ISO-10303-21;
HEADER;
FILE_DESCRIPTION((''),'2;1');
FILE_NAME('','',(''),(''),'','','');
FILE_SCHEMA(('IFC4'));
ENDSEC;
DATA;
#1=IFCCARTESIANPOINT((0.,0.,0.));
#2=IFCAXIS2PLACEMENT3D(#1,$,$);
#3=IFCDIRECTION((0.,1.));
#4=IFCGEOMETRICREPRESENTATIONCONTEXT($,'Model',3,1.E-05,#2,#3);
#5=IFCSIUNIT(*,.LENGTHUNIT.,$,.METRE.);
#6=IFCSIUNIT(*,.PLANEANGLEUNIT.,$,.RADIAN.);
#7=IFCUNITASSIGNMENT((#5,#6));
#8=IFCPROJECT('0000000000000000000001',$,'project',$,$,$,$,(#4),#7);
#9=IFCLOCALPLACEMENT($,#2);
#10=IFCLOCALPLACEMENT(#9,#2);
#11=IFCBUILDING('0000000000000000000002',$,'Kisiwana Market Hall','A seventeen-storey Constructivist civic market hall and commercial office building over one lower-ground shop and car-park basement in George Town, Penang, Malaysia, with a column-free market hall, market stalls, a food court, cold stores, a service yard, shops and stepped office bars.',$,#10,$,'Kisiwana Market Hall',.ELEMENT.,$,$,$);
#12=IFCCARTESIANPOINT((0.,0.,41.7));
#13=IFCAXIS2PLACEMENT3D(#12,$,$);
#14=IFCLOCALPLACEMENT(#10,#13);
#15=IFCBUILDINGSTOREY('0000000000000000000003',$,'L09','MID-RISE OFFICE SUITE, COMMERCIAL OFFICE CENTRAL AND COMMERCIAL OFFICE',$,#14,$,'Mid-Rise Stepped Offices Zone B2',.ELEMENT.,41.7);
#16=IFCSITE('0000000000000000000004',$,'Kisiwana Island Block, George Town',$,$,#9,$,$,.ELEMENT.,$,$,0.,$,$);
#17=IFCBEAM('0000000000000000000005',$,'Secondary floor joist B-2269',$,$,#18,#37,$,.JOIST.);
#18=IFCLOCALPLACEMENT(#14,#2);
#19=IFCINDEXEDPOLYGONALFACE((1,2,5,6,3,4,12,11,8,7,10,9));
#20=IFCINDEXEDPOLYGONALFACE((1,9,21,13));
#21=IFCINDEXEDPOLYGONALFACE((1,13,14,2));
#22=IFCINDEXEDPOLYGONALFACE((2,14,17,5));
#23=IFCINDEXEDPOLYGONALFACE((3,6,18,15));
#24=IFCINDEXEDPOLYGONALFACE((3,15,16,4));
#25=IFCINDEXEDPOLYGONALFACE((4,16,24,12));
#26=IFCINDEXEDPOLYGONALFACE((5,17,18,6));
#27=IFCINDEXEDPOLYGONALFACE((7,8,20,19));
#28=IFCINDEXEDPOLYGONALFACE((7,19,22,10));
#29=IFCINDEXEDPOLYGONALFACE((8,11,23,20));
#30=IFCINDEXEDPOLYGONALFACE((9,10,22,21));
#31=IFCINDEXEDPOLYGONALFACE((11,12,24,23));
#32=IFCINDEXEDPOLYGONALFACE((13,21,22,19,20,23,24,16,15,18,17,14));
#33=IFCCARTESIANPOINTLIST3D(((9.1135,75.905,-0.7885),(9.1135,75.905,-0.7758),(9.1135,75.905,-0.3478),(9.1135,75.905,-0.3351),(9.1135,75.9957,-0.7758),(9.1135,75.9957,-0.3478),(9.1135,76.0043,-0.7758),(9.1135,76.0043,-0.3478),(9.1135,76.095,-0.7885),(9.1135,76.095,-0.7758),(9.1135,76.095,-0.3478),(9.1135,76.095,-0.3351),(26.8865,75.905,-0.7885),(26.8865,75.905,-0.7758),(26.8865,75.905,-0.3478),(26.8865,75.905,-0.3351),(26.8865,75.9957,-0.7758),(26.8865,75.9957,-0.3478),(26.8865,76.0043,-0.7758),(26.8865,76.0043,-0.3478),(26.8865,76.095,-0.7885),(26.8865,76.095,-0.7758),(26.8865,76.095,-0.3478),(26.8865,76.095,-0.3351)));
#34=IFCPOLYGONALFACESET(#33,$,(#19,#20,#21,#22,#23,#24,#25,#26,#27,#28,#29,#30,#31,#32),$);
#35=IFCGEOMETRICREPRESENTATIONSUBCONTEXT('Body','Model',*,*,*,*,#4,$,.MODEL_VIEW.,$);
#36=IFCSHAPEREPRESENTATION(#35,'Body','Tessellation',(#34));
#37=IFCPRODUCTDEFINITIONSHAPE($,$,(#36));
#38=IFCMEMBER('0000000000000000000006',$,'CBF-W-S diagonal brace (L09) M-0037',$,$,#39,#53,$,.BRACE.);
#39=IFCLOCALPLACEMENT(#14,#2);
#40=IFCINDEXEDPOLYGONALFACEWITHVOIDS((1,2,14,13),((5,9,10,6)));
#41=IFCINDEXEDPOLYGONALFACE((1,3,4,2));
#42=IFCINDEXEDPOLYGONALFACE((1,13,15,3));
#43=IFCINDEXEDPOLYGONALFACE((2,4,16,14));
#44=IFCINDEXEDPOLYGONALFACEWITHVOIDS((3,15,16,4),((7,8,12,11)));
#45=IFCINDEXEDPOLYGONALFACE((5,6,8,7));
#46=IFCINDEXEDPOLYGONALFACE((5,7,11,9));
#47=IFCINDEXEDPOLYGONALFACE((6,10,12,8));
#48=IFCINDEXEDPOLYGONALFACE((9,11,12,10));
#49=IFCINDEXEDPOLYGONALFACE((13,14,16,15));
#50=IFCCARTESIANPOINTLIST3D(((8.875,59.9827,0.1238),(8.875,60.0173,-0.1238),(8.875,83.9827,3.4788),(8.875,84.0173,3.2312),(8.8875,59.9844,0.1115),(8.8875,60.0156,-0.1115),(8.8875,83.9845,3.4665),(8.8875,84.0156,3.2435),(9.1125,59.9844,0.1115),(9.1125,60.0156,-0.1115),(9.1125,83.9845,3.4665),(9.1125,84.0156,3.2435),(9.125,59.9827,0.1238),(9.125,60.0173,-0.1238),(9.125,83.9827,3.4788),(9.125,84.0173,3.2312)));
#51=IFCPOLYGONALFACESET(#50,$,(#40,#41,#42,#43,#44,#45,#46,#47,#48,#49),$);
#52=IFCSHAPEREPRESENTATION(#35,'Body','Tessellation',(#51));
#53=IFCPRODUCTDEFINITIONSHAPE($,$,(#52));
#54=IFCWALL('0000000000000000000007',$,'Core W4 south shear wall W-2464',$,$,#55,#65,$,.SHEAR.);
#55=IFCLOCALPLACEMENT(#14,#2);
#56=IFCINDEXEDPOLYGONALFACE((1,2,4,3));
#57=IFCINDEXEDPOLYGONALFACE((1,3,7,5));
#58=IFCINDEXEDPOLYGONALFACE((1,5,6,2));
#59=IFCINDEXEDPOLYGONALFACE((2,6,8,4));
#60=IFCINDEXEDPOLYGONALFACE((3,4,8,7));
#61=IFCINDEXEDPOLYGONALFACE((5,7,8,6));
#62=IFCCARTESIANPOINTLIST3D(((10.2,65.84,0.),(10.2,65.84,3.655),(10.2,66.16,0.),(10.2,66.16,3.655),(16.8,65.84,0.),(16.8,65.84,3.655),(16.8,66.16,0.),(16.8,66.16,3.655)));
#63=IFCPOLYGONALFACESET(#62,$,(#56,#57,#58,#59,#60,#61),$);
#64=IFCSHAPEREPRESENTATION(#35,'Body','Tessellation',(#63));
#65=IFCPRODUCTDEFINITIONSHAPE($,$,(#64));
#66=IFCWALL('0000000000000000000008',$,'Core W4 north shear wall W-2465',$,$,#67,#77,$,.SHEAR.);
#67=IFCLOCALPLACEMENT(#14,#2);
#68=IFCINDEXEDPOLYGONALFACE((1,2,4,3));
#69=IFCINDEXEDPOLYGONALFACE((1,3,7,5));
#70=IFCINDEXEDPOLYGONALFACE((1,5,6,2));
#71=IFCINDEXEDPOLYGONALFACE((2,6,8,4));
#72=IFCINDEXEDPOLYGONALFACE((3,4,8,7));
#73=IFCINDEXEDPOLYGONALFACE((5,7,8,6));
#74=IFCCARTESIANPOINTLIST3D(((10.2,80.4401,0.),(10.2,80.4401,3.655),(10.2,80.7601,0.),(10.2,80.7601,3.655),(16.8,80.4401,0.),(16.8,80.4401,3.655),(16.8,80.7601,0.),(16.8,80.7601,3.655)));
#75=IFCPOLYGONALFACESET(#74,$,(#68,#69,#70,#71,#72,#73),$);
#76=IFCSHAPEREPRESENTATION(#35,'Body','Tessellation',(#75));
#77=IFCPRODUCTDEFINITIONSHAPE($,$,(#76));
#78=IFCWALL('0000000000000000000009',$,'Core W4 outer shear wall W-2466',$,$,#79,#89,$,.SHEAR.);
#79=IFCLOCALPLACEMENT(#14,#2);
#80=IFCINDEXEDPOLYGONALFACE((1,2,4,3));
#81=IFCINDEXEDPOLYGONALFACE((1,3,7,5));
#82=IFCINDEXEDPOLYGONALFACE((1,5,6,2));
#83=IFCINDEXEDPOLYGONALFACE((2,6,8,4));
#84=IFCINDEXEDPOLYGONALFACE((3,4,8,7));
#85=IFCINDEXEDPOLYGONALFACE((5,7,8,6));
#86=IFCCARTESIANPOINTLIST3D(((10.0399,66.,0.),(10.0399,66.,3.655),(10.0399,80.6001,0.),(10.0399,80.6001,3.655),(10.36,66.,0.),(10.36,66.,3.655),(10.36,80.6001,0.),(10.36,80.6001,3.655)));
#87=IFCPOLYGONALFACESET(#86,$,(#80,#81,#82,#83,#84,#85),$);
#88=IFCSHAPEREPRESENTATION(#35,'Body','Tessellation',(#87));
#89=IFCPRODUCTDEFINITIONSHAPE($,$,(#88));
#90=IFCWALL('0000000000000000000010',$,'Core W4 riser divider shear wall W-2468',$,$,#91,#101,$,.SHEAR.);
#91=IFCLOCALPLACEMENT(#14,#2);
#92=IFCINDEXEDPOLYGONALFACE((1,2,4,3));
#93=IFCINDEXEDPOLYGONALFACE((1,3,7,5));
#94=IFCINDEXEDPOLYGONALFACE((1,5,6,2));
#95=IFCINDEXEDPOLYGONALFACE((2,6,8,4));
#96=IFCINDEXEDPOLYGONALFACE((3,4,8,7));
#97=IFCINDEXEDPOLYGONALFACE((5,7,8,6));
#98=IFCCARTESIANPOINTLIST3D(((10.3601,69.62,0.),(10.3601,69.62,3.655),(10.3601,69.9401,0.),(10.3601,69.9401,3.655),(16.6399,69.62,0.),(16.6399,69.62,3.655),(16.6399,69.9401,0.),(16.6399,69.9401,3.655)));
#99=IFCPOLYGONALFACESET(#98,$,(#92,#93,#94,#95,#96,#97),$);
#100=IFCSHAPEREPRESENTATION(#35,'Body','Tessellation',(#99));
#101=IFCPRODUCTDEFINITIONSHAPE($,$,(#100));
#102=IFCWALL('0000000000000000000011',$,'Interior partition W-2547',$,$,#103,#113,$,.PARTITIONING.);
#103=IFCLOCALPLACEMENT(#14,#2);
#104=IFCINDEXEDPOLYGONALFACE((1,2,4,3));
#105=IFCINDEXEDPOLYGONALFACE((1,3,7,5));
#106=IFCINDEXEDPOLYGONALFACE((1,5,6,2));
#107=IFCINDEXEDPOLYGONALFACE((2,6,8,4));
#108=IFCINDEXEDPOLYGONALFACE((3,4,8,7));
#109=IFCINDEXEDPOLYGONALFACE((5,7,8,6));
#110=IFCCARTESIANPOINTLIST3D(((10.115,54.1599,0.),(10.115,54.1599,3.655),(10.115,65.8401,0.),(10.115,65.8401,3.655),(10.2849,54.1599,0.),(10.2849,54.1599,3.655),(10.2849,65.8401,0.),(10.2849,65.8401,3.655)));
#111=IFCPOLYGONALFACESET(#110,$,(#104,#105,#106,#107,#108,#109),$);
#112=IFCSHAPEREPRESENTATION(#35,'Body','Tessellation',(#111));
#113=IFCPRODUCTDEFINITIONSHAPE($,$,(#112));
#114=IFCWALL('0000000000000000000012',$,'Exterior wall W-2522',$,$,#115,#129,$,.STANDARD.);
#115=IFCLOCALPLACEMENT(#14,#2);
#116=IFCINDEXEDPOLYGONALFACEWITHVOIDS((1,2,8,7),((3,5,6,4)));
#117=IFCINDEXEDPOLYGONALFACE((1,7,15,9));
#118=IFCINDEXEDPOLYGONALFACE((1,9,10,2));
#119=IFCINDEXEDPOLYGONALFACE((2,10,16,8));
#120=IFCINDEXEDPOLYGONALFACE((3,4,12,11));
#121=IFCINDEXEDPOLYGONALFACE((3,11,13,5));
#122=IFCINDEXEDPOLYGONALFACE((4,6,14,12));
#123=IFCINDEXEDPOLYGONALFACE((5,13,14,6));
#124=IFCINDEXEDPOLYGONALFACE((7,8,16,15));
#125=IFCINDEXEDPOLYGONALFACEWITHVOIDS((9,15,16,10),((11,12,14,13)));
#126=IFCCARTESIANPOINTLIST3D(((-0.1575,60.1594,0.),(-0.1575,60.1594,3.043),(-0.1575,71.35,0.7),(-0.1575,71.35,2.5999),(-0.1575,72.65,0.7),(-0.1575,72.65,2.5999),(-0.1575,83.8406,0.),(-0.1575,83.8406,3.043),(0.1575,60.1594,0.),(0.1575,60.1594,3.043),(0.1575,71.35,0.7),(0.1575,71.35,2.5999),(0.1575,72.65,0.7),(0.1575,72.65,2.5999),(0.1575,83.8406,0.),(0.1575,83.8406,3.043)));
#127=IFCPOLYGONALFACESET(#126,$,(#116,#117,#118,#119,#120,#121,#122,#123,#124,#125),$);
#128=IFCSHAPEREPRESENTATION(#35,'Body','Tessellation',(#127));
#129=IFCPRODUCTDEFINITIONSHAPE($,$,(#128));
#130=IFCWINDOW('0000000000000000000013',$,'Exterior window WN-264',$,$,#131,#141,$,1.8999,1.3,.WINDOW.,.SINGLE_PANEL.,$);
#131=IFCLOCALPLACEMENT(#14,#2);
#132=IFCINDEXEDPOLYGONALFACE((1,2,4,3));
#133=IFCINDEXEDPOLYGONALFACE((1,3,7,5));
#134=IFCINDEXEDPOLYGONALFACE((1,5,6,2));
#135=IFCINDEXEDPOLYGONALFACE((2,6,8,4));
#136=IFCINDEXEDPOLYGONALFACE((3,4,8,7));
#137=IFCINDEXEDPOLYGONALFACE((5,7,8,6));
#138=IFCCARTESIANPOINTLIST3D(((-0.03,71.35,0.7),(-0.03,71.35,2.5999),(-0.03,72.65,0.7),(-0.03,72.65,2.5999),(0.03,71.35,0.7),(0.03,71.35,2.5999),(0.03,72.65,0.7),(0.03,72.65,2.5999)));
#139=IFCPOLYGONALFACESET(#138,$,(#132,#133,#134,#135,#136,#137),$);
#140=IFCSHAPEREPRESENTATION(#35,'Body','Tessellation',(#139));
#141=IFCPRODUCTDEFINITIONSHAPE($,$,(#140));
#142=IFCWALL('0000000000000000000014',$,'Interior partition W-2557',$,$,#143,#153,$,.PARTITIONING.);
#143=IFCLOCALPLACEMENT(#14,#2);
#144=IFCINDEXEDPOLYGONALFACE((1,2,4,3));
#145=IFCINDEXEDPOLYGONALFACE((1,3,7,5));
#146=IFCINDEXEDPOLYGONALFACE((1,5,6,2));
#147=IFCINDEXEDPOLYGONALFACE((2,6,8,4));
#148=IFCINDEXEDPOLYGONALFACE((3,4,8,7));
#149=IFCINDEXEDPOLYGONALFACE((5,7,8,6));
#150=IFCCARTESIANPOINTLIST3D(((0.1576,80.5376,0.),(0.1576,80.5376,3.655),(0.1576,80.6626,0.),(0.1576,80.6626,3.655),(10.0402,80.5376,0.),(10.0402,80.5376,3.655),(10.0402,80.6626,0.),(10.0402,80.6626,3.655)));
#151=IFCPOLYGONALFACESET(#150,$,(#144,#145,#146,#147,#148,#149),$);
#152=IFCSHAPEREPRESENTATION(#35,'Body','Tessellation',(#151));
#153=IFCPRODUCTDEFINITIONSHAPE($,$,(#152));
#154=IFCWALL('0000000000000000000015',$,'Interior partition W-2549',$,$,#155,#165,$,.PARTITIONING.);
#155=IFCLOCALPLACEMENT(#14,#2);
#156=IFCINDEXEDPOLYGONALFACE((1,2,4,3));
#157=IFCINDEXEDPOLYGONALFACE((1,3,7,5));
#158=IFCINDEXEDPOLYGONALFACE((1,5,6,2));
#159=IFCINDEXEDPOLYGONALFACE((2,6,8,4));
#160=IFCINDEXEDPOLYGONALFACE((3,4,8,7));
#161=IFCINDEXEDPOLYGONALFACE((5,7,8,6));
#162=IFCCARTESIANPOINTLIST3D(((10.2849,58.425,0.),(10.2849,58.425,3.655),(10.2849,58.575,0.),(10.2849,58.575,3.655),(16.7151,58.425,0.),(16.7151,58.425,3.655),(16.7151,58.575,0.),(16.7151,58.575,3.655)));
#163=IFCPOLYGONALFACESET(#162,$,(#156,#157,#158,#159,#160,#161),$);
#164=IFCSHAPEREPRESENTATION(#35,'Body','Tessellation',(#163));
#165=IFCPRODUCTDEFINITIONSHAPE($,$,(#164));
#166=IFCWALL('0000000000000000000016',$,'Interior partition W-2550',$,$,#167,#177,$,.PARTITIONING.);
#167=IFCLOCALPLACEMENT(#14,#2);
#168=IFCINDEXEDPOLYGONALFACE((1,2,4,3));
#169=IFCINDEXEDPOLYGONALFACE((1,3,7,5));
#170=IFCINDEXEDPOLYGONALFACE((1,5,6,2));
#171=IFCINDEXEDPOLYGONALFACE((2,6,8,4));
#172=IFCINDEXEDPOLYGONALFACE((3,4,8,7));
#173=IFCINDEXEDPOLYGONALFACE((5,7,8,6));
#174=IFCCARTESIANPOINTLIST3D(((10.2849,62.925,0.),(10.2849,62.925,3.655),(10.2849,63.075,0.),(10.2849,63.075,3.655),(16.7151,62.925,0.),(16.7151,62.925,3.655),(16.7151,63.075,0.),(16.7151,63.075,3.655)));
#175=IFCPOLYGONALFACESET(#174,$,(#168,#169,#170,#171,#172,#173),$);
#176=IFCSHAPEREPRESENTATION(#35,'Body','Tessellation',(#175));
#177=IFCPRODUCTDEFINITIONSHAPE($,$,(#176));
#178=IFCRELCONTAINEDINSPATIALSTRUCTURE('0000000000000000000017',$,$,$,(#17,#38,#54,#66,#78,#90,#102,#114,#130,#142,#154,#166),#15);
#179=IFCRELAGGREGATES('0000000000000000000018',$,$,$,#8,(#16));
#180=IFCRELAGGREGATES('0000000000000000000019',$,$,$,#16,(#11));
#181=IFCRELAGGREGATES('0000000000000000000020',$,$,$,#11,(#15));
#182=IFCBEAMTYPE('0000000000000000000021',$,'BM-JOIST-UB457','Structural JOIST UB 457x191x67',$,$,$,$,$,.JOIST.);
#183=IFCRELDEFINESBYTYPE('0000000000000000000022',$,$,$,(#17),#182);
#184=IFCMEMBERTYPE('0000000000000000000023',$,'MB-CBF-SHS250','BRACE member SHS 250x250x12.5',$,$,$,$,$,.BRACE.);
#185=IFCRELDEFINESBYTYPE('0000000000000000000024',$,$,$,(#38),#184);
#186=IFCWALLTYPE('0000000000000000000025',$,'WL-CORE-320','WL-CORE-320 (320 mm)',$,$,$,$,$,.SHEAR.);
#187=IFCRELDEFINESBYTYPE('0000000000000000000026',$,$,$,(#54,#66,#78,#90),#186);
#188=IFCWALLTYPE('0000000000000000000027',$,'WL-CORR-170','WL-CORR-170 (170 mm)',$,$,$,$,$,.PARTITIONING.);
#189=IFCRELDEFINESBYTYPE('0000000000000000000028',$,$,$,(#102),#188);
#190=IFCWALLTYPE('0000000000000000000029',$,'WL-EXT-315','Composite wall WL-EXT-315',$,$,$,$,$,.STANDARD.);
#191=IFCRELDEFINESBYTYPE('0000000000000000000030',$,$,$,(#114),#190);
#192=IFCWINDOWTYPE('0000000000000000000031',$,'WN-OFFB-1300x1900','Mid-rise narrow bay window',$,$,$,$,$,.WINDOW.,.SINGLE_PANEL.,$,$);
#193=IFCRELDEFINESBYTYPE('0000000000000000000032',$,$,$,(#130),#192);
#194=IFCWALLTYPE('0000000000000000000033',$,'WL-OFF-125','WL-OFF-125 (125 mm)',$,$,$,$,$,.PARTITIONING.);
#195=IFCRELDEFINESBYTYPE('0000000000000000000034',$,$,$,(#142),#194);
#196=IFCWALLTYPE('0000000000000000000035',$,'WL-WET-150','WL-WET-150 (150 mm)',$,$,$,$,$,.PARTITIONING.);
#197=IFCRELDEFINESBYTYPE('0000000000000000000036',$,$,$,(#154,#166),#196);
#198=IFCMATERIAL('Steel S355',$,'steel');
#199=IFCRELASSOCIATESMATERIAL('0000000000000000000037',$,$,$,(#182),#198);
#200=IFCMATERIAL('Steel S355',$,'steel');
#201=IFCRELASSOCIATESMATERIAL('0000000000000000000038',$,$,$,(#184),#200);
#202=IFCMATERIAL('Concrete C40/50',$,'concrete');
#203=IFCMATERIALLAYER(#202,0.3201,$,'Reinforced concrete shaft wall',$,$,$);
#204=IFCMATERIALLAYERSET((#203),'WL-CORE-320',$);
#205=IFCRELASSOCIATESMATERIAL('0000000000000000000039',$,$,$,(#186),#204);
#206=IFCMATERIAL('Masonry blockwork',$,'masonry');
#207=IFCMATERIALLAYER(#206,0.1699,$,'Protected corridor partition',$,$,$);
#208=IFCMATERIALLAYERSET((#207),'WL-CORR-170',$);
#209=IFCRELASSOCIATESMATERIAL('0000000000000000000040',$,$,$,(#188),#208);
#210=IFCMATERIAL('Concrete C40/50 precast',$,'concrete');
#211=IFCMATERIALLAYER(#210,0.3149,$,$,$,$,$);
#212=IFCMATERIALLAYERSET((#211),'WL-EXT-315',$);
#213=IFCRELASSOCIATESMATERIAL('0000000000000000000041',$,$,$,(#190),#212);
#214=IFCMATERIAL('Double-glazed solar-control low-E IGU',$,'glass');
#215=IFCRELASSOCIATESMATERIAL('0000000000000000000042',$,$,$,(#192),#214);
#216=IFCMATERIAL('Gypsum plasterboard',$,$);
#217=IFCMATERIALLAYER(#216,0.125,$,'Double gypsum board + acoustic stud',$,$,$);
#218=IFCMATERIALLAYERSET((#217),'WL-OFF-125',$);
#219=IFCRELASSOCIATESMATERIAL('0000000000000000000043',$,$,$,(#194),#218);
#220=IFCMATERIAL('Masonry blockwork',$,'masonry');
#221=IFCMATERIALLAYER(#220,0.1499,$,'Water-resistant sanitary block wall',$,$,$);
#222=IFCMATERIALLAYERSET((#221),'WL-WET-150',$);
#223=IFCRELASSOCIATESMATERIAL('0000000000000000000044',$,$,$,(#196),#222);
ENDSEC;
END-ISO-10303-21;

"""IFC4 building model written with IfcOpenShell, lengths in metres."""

from ifc_helpers import new_model, si_unit, direction, frame, frame_2d, origin, origin_2d, place, context, subcontext, project, spatial, rectangle, hollow_rectangle, i_section, extrude, material, layer, layer_set, material_profile, profile_set, type_object, element, fill, save


model = new_model("IFC4")

# Units and contexts
model_context = context("Model", 3, precision=1e-05, world=origin(), true_north=direction((0.0, 1.0)))
body_context = subcontext(model_context, "Body", "Model", "MODEL_VIEW")
ifc_project = project(units=[si_unit("LENGTHUNIT", "METRE"), si_unit("PLANEANGLEUNIT", "RADIAN")], contexts=[model_context])

# Site, building, storey
site_placement = place(None, origin())
site = spatial("IfcSite", under=ifc_project, at=site_placement, Name="Kisiwana Island Block, George Town", CompositionType="ELEMENT", RefElevation=0.0)
building_placement = place(site_placement, origin())
building = spatial("IfcBuilding", under=site, at=building_placement, Name="Kisiwana Market Hall", Description="A seventeen-storey Constructivist civic market hall and commercial office building over one lower-ground shop and car-park basement in George Town, Penang, Malaysia, with a column-free market hall, market stalls, a food court, cold stores, a service yard, shops and stepped office bars.", LongName="Kisiwana Market Hall", CompositionType="ELEMENT")
storey_placement = place(building_placement, frame((0.0, 0.0, 41.7)))
storey = spatial("IfcBuildingStorey", under=building, at=storey_placement, Name="L09", Description="MID-RISE OFFICE SUITE, COMMERCIAL OFFICE CENTRAL AND COMMERCIAL OFFICE", LongName="Mid-Rise Stepped Offices Zone B2", CompositionType="ELEMENT", Elevation=41.7)

# Beam
ifc_material_1 = material(Name="Steel S355", Category="steel")
ifc_material_profile_1 = material_profile(ifc_material_1, i_section(OverallWidth=0.1899, OverallDepth=0.4534, WebThickness=0.0085, FlangeThickness=0.0127, at=origin_2d()), Name="UB 457x191x67")
ifc_profile_set_1 = profile_set([ifc_material_profile_1], Name="Steel S355")
beam_type_1 = type_object("IfcBeamType", Name="BM-JOIST-UB457", Description="Structural JOIST UB 457x191x67", PredefinedType="JOIST", material=ifc_profile_set_1)
for number, where, z_axis, x_axis, name in (
    (1, (9.1135, 76.0, -0.5618), (1.0, 0.0, 0.0), (0.0, 1.0, 0.0), "Secondary floor joist B-2269"),
):
    element("IfcBeam", number, at=place(storey_placement, frame(where, z_axis=z_axis, x_axis=x_axis)), inside=storey, type_object=beam_type_1, Name=name, PredefinedType="JOIST", context=body_context, shape_type="SweptSolid", body=[
        extrude(i_section(OverallWidth=0.1899, OverallDepth=0.4534, WebThickness=0.0085, FlangeThickness=0.0127, at=origin_2d()), origin(), (0.0, 0.0, 1.0), 17.7729),
    ])

# Member
ifc_material_2 = material(Name="Steel S355", Category="steel")
ifc_material_profile_2 = material_profile(ifc_material_2, hollow_rectangle(XDim=0.25, YDim=0.25, WallThickness=0.0125, at=origin_2d()), Name="SHS 250x250x12.5")
ifc_profile_set_2 = profile_set([ifc_material_profile_2], Name="Steel S355")
member_type = type_object("IfcMemberType", Name="MB-CBF-SHS250", Description="BRACE member SHS 250x250x12.5", PredefinedType="BRACE", material=ifc_profile_set_2)
member_placement = place(storey_placement, frame((9.0, 60.0, 0.0), z_axis=(0.0, 0.99037, 0.138445), x_axis=(-1.0, 0.0, 0.0)))
element("IfcMember", 2, at=member_placement, inside=storey, type_object=member_type, Name="CBF-W-S diagonal brace (L09) M-0037", PredefinedType="BRACE", context=body_context, shape_type="SweptSolid", body=[
    extrude(hollow_rectangle(XDim=0.25, YDim=0.25, WallThickness=0.0125, at=origin_2d()), origin(), (0.0, 0.0, 1.0), 24.2334),
])

# Walls
ifc_material_3 = material(Name="Concrete C40/50", Category="concrete")
ifc_layer_1 = layer(ifc_material_3, 0.3201, Name="Reinforced concrete shaft wall")
ifc_layer_set_1 = layer_set([ifc_layer_1], Name="WL-CORE-320")
wall_type_1 = type_object("IfcWallType", Name="WL-CORE-320", Description="WL-CORE-320 (320 mm)", PredefinedType="SHEAR", material=ifc_layer_set_1)
for number, where, z_axis, x_axis, name in (
    (3, (10.2, 66.0, 0.0), (0.0, 0.0, 1.0), (1.0, 0.0, 0.0), "Core W4 south shear wall W-2464"),
    (4, (10.2, 80.6001, 0.0), (0.0, 0.0, 1.0), (1.0, 0.0, 0.0), "Core W4 north shear wall W-2465"),
):
    element("IfcWall", number, at=place(storey_placement, frame(where, z_axis=z_axis, x_axis=x_axis)), inside=storey, type_object=wall_type_1, Name=name, PredefinedType="SHEAR", context=body_context, shape_type="SweptSolid", body=[
        extrude(rectangle(XDim=6.6001, YDim=0.3201, at=frame_2d((3.3, 0.0))), origin(), (0.0, 0.0, 1.0), 3.655),
    ])
wall_1_placement = place(storey_placement, frame((10.2, 66.0, 0.0), z_axis=(0.0, 0.0, 1.0), x_axis=(0.0, 1.0, 0.0)))
element("IfcWall", 5, at=wall_1_placement, inside=storey, type_object=wall_type_1, Name="Core W4 outer shear wall W-2466", PredefinedType="SHEAR", context=body_context, shape_type="SweptSolid", body=[
    extrude(rectangle(XDim=14.6001, YDim=0.3201, at=frame_2d((7.3, 0.0))), origin(), (0.0, 0.0, 1.0), 3.655),
])
wall_2_placement = place(storey_placement, frame((10.3601, 69.78, 0.0), z_axis=(0.0, 0.0, 1.0), x_axis=(1.0, 0.0, 0.0)))
element("IfcWall", 6, at=wall_2_placement, inside=storey, type_object=wall_type_1, Name="Core W4 riser divider shear wall W-2468", PredefinedType="SHEAR", context=body_context, shape_type="SweptSolid", body=[
    extrude(rectangle(XDim=6.2798, YDim=0.3201, at=frame_2d((3.1399, 0.0))), origin(), (0.0, 0.0, 1.0), 3.655),
])
ifc_material_4 = material(Name="Masonry blockwork", Category="masonry")
ifc_layer_2 = layer(ifc_material_4, 0.1699, Name="Protected corridor partition")
ifc_layer_set_2 = layer_set([ifc_layer_2], Name="WL-CORR-170")
wall_type_2 = type_object("IfcWallType", Name="WL-CORR-170", Description="WL-CORR-170 (170 mm)", PredefinedType="PARTITIONING", material=ifc_layer_set_2)
wall_3_placement = place(storey_placement, frame((10.2, 54.1599, 0.0), z_axis=(0.0, 0.0, 1.0), x_axis=(0.0, 1.0, 0.0)))
element("IfcWall", 7, at=wall_3_placement, inside=storey, type_object=wall_type_2, Name="Interior partition W-2547", PredefinedType="PARTITIONING", context=body_context, shape_type="SweptSolid", body=[
    extrude(rectangle(XDim=11.6802, YDim=0.1699, at=frame_2d((5.8401, 0.0))), origin(), (0.0, 0.0, 1.0), 3.655),
])

# Wall, opening, window
ifc_material_5 = material(Name="Concrete C40/50 precast", Category="concrete")
ifc_layer_3 = layer(ifc_material_5, 0.3149)
ifc_layer_set_3 = layer_set([ifc_layer_3], Name="WL-EXT-315")
wall_type_3 = type_object("IfcWallType", Name="WL-EXT-315", Description="Composite wall WL-EXT-315", PredefinedType="STANDARD", material=ifc_layer_set_3)
wall_4_placement = place(storey_placement, frame((0.0, 60.1594, 0.0), z_axis=(0.0, 0.0, 1.0), x_axis=(0.0, 1.0, 0.0)))
wall_4 = element("IfcWall", 8, at=wall_4_placement, inside=storey, type_object=wall_type_3, Name="Exterior wall W-2522", PredefinedType="STANDARD", context=body_context, shape_type="SweptSolid", body=[
    extrude(rectangle(XDim=23.6812, YDim=0.3149, at=frame_2d((11.8406, 0.0))), origin(), (0.0, 0.0, 1.0), 3.043),
])
opening_placement = place(wall_4_placement, frame((11.1907, 0.0, 0.7)))
opening = element("IfcOpeningElement", 9, at=opening_placement, cuts=wall_4, PredefinedType="OPENING", context=body_context, shape_type="SweptSolid", body=[
    extrude(rectangle(XDim=1.3, YDim=1.8999, at=frame_2d((0.6499, 0.95))), frame((0.0, 0.1694, 0.0), z_axis=(0.0, -1.0, 0.0), x_axis=(1.0, 0.0, 0.0)), (0.0, 0.0, 1.0), 0.3389),
])
ifc_material_6 = material(Name="Double-glazed solar-control low-E IGU", Category="glass")
window_type = type_object("IfcWindowType", Name="WN-OFFB-1300x1900", Description="Mid-rise narrow bay window", PartitioningType="SINGLE_PANEL", PredefinedType="WINDOW", material=ifc_material_6)
window_placement = place(opening_placement, origin())
window = element("IfcWindow", 10, at=window_placement, inside=storey, type_object=window_type, Name="Exterior window WN-264", OverallHeight=1.8999, OverallWidth=1.3, PartitioningType="SINGLE_PANEL", PredefinedType="WINDOW", context=body_context, shape_type="SweptSolid", body=[
    extrude(rectangle(XDim=1.3, YDim=1.8999, at=frame_2d((0.6499, 0.95))), frame((0.0, 0.03, 0.0), z_axis=(0.0, -1.0, 0.0), x_axis=(1.0, 0.0, 0.0)), (0.0, 0.0, 1.0), 0.0601),
])
fill(opening, window)

# Walls
ifc_material_7 = material(Name="Gypsum plasterboard")
ifc_layer_4 = layer(ifc_material_7, 0.125, Name="Double gypsum board + acoustic stud")
ifc_layer_set_4 = layer_set([ifc_layer_4], Name="WL-OFF-125")
wall_type_4 = type_object("IfcWallType", Name="WL-OFF-125", Description="WL-OFF-125 (125 mm)", PredefinedType="PARTITIONING", material=ifc_layer_set_4)
wall_5_placement = place(storey_placement, frame((0.1575, 80.6001, 0.0), z_axis=(0.0, 0.0, 1.0), x_axis=(1.0, 0.0, 0.0)))
element("IfcWall", 11, at=wall_5_placement, inside=storey, type_object=wall_type_4, Name="Interior partition W-2557", PredefinedType="PARTITIONING", context=body_context, shape_type="SweptSolid", body=[
    extrude(rectangle(XDim=9.8826, YDim=0.125, at=frame_2d((4.9414, 0.0))), origin(), (0.0, 0.0, 1.0), 3.655),
])
ifc_material_8 = material(Name="Masonry blockwork", Category="masonry")
ifc_layer_5 = layer(ifc_material_8, 0.1499, Name="Water-resistant sanitary block wall")
ifc_layer_set_5 = layer_set([ifc_layer_5], Name="WL-WET-150")
wall_type_5 = type_object("IfcWallType", Name="WL-WET-150", Description="WL-WET-150 (150 mm)", PredefinedType="PARTITIONING", material=ifc_layer_set_5)
for number, where, z_axis, x_axis, name in (
    (12, (10.2849, 58.5, 0.0), (0.0, 0.0, 1.0), (1.0, 0.0, 0.0), "Interior partition W-2549"),
    (13, (10.2849, 63.0, 0.0), (0.0, 0.0, 1.0), (1.0, 0.0, 0.0), "Interior partition W-2550"),
):
    element("IfcWall", number, at=place(storey_placement, frame(where, z_axis=z_axis, x_axis=x_axis)), inside=storey, type_object=wall_type_5, Name=name, PredefinedType="PARTITIONING", context=body_context, shape_type="SweptSolid", body=[
        extrude(rectangle(XDim=6.4302, YDim=0.1499, at=frame_2d((3.2151, 0.0))), origin(), (0.0, 0.0, 1.0), 3.655),
    ])

save(model, "model.ifc")
